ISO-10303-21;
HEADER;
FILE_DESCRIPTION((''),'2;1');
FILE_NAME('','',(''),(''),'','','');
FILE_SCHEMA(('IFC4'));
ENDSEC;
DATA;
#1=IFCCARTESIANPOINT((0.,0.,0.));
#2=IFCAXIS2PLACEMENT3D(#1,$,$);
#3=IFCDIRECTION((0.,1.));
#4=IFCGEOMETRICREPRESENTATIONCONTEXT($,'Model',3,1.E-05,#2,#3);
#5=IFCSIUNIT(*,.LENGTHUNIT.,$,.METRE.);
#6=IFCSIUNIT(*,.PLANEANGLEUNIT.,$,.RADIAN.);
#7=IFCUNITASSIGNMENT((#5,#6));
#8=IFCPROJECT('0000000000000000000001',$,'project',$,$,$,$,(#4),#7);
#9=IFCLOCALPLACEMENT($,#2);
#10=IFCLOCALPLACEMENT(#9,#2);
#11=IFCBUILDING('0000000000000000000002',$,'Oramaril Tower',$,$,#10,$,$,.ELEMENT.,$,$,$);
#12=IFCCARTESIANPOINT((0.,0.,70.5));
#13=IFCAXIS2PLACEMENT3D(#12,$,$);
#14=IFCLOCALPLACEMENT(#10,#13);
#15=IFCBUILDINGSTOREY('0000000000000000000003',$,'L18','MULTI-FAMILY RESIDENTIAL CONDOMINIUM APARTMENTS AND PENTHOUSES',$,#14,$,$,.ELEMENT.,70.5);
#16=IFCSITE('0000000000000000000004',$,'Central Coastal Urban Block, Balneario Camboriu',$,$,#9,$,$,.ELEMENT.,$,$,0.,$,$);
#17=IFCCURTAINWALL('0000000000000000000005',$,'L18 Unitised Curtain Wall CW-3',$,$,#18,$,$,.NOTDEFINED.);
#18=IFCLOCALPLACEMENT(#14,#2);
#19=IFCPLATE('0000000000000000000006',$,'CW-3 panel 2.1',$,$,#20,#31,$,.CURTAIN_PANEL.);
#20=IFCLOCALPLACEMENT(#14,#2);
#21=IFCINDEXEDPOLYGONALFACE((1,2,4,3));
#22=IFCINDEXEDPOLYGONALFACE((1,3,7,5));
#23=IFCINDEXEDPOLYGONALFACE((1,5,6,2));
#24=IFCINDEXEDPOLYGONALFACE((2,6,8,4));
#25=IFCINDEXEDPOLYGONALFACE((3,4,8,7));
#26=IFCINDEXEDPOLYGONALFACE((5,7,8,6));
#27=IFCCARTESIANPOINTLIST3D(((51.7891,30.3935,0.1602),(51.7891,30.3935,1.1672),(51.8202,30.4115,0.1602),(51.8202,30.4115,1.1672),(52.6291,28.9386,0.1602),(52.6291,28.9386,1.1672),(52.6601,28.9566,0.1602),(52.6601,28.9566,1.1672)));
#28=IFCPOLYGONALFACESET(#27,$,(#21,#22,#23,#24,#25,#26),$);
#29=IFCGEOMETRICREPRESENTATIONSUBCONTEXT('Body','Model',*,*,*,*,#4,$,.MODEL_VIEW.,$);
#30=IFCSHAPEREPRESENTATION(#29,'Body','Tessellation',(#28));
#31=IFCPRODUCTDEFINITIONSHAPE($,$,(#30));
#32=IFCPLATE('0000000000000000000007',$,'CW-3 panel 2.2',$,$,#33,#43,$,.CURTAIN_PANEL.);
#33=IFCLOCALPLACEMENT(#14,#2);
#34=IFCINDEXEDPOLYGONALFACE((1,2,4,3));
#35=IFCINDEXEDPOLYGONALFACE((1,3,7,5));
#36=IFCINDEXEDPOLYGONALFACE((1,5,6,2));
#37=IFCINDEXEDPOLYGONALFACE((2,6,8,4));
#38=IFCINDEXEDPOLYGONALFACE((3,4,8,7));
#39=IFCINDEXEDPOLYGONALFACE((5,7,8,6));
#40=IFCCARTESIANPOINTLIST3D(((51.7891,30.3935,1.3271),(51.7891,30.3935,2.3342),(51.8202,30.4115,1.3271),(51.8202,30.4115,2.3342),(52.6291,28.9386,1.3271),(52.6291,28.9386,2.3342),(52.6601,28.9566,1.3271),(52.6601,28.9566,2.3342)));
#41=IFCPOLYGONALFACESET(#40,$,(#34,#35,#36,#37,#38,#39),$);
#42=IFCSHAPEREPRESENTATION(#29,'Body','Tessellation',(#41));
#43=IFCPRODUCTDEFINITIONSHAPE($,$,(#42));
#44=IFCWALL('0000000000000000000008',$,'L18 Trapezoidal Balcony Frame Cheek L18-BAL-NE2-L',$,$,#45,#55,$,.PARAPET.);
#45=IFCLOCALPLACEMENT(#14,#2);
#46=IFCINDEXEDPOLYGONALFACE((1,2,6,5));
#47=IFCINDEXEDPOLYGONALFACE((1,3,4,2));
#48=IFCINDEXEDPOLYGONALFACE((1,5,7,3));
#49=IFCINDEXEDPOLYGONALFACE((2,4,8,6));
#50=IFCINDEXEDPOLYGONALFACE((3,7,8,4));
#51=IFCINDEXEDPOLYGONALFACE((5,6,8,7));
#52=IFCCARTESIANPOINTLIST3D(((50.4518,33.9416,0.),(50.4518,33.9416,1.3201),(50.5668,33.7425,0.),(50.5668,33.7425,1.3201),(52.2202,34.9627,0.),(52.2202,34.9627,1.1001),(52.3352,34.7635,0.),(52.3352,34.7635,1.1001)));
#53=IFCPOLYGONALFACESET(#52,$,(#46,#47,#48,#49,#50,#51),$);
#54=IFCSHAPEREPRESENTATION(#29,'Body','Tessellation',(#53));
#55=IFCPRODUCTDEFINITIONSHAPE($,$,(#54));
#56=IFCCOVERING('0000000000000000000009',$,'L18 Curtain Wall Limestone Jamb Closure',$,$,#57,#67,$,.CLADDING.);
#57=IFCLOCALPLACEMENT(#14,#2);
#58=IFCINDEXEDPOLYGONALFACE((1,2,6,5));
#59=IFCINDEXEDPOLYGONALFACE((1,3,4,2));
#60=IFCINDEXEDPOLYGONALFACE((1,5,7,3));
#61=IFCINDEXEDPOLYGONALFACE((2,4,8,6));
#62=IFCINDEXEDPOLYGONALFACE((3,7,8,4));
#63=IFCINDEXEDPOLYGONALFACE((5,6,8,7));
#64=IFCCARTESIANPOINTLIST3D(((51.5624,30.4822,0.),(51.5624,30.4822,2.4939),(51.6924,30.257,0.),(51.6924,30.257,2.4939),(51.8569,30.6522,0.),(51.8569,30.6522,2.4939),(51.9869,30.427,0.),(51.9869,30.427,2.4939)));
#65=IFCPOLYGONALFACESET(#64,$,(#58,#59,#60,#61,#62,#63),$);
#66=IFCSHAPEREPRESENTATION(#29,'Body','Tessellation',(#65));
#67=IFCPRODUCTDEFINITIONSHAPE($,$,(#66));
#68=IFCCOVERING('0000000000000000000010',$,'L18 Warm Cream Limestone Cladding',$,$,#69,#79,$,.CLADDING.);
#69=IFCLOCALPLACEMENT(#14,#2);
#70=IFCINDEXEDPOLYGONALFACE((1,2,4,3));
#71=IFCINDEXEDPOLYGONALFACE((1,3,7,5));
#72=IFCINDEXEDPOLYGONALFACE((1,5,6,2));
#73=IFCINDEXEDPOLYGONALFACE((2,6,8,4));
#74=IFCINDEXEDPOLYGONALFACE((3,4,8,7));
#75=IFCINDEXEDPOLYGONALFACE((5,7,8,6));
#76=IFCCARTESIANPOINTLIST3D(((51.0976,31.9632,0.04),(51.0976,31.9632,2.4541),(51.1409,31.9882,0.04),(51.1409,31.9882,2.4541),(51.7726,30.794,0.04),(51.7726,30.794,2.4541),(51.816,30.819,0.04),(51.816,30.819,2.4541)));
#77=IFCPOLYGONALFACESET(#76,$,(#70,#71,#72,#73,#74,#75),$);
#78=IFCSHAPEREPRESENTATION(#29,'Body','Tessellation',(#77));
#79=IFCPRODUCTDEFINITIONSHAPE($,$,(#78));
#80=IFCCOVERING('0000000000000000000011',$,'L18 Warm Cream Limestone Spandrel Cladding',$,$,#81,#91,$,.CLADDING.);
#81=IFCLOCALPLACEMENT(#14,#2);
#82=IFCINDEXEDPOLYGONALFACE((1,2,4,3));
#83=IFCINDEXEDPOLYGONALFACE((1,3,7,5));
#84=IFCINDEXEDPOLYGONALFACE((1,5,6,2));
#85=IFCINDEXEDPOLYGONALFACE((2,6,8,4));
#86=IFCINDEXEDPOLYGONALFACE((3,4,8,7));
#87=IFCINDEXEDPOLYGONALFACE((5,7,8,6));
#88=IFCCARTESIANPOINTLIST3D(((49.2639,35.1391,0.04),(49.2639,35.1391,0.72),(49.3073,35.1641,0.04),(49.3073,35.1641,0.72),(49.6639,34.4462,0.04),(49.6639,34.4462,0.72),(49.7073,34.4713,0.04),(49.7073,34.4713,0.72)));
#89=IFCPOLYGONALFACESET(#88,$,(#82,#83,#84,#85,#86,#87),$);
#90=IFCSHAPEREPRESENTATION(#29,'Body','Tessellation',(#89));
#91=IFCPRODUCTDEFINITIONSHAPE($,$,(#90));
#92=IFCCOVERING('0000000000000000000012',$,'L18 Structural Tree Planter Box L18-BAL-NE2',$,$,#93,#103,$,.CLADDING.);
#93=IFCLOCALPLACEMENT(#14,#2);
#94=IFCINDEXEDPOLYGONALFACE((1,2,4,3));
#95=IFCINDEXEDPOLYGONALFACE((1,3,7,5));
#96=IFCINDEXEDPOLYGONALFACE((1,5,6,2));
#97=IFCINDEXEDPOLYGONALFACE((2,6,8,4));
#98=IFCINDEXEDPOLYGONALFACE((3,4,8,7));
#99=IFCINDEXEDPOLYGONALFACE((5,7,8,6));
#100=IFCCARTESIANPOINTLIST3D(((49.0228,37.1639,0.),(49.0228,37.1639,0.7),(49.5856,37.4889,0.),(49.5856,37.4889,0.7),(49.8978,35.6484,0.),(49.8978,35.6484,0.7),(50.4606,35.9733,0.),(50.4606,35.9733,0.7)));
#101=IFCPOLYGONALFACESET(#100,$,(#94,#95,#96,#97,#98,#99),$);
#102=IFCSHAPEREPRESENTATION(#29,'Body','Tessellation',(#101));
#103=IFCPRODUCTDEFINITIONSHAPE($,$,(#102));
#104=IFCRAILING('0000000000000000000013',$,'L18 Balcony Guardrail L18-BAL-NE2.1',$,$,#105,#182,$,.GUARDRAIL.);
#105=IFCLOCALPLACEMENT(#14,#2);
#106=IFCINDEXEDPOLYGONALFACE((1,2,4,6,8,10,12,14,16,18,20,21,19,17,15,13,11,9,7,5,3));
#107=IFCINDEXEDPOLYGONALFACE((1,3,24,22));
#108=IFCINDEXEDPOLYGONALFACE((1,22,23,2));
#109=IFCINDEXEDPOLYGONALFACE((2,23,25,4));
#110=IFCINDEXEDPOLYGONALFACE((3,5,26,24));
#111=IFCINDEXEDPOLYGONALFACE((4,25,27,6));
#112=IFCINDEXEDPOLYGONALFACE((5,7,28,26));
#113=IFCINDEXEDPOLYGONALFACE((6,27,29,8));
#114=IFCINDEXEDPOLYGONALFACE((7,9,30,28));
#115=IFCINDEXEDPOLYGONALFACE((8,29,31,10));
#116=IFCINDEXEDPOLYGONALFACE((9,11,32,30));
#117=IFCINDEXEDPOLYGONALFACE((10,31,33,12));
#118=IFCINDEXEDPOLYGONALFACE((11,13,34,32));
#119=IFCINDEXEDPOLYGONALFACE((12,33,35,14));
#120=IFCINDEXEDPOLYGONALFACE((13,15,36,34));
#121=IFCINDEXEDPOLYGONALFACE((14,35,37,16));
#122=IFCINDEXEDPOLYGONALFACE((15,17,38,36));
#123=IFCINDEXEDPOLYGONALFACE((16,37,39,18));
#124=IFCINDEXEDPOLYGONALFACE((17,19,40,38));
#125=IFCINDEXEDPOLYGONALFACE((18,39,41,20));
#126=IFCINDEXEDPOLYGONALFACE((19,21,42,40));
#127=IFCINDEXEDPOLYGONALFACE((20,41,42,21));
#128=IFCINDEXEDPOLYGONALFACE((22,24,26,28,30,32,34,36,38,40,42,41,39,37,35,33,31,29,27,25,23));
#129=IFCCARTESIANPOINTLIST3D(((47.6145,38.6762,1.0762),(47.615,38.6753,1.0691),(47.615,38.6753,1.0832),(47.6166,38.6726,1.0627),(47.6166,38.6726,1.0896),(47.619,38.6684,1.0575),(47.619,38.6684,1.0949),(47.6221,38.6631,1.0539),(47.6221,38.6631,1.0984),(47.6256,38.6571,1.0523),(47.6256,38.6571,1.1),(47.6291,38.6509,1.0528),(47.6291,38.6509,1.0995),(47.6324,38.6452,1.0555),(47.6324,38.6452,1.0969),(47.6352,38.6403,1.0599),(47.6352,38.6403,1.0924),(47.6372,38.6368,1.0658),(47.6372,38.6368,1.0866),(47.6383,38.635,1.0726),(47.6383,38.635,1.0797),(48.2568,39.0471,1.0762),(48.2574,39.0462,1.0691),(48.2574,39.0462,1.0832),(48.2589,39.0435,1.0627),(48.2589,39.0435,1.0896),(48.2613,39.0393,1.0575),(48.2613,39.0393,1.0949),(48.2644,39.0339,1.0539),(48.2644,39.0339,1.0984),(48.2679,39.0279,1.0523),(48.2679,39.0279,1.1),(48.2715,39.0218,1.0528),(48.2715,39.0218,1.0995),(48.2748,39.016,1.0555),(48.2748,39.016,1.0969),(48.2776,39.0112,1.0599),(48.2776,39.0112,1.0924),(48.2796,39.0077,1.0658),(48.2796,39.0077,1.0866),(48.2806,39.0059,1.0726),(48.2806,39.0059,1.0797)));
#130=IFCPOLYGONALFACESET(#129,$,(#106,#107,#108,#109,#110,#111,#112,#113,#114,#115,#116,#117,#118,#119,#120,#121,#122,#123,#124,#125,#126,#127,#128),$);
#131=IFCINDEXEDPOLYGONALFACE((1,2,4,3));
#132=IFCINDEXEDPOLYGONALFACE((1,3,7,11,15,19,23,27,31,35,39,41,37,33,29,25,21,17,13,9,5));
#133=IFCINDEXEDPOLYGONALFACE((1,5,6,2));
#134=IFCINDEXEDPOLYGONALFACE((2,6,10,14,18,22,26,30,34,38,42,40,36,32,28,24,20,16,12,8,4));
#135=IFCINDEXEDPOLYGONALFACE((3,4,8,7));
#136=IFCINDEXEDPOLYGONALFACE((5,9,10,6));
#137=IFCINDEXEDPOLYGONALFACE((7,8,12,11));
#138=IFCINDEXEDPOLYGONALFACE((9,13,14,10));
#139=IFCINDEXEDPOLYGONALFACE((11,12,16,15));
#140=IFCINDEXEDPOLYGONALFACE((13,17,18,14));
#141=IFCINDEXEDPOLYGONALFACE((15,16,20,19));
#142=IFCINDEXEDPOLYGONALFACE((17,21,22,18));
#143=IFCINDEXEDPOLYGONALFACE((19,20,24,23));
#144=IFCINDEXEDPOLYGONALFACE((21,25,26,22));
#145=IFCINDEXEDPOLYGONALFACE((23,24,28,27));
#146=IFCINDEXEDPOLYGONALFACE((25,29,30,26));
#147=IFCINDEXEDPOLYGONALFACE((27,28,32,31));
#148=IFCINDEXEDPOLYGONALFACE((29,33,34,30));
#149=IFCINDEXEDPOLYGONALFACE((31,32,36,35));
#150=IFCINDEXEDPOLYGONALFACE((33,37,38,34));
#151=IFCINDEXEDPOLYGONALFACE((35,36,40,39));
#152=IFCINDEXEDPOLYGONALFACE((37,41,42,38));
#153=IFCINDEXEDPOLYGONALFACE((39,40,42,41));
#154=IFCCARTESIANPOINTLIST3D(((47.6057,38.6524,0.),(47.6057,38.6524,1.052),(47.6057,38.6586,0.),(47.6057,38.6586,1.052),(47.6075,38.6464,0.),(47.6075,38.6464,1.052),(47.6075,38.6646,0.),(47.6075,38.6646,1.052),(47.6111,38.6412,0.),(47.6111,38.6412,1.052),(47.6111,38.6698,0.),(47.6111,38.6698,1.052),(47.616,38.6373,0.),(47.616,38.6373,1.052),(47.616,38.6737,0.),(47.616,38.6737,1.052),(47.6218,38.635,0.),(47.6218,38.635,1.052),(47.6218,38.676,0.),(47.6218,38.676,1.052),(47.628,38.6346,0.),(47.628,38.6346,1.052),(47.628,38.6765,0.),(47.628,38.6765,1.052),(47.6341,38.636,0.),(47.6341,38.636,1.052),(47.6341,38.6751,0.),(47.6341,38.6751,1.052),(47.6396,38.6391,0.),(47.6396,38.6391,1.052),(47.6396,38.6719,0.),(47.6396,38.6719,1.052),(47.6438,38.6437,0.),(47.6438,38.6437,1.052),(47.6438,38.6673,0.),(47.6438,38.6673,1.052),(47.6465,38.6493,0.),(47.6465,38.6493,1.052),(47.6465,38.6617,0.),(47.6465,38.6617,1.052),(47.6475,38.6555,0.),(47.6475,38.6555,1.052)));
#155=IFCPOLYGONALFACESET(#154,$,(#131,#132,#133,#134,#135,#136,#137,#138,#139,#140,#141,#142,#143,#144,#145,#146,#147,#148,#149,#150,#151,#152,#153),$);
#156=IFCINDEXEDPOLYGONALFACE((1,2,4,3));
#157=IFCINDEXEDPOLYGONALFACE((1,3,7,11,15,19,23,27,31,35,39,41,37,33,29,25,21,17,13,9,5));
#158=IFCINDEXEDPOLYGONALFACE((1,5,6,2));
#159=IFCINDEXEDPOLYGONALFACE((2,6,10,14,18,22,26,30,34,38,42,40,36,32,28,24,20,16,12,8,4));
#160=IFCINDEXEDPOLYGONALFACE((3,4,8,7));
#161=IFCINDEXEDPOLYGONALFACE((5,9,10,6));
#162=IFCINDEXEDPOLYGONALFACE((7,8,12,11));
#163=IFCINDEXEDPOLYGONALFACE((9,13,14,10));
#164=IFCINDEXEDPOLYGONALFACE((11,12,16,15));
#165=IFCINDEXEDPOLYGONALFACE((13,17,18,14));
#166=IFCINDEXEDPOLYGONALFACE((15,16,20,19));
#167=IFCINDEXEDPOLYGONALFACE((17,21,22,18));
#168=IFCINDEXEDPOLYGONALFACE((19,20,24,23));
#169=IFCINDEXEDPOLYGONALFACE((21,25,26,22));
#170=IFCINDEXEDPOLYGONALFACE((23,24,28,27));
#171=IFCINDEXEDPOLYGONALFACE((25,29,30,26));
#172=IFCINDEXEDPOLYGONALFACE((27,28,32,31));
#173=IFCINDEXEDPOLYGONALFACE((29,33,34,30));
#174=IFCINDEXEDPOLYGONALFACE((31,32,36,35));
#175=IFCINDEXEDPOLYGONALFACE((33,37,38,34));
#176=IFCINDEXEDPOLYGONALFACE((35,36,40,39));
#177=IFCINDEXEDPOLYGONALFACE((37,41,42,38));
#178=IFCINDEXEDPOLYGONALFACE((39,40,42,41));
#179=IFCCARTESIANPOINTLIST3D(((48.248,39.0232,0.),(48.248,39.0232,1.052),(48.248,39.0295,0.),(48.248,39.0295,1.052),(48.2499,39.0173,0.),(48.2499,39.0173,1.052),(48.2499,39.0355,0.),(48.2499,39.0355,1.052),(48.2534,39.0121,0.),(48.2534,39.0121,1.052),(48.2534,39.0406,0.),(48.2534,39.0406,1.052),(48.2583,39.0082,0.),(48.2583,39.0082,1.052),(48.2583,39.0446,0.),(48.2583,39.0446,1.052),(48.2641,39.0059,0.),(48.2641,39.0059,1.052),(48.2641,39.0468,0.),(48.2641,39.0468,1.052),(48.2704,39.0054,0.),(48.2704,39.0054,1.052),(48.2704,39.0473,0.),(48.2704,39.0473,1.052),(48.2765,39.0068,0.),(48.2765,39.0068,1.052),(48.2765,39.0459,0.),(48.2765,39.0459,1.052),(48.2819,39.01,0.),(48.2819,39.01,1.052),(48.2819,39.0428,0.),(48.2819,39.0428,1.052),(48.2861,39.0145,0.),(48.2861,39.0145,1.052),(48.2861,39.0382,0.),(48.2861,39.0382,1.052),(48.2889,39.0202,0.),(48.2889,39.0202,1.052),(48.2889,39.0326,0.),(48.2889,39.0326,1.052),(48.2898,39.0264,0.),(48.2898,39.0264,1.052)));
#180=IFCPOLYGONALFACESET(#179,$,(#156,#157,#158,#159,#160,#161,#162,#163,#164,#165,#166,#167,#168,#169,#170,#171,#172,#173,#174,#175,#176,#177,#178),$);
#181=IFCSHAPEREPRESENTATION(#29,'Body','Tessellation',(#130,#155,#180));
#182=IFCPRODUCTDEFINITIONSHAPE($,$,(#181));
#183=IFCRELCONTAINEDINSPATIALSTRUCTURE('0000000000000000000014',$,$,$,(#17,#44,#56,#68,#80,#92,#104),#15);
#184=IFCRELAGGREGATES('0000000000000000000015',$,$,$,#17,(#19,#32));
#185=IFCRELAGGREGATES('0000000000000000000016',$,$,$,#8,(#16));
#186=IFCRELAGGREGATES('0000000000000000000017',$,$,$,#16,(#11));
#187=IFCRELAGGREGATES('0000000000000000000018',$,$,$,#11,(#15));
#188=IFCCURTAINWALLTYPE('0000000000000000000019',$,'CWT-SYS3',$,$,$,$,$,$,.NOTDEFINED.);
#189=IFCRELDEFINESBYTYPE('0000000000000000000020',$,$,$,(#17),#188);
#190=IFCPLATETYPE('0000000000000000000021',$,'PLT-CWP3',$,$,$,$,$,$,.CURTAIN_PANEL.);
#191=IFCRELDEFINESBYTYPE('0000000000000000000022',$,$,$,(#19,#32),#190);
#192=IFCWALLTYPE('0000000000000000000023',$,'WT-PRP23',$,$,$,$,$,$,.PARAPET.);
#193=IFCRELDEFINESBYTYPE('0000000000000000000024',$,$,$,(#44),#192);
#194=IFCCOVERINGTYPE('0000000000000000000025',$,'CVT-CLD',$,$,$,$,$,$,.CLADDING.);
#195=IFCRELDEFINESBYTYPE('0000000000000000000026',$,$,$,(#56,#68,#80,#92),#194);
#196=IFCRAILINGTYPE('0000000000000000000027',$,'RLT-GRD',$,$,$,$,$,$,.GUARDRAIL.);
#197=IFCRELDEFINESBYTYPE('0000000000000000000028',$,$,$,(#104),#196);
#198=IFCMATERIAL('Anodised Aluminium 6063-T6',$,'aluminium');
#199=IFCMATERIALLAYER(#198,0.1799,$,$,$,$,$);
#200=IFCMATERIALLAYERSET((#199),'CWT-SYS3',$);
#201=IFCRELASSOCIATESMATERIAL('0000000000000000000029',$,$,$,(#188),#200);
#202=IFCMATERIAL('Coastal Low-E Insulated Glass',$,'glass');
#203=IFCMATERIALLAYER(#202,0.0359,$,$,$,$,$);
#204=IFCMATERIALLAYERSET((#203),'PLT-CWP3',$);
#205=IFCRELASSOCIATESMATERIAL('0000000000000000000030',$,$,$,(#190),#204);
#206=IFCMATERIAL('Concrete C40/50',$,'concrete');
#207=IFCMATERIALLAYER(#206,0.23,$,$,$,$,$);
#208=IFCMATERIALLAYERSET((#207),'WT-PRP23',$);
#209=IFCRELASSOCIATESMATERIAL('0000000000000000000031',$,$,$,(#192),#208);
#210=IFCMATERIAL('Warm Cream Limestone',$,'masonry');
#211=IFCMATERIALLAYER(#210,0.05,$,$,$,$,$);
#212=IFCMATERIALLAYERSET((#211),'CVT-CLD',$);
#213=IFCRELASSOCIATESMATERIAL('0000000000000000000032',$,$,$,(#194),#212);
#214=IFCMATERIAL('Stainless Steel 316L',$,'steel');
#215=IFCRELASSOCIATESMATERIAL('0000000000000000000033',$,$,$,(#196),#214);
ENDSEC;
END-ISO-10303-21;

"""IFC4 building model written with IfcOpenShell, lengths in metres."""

from ifc_helpers import new_model, si_unit, direction, frame, origin, origin_2d, place, context, subcontext, project, spatial, polyline, rectangle, circle, outline, extrude, material, layer, layer_set, type_object, element, aggregate, save


model = new_model("IFC4")

# Units and contexts
model_context = context("Model", 3, precision=1e-05, world=origin(), true_north=direction((0.0, 1.0)))
body_context = subcontext(model_context, "Body", "Model", "MODEL_VIEW")
ifc_project = project(units=[si_unit("LENGTHUNIT", "METRE"), si_unit("PLANEANGLEUNIT", "RADIAN")], contexts=[model_context])

# Site, building, storey
site_placement = place(None, origin())
site = spatial("IfcSite", under=ifc_project, at=site_placement, Name="Central Coastal Urban Block, Balneario Camboriu", CompositionType="ELEMENT", RefElevation=0.0)
building_placement = place(site_placement, origin())
building = spatial("IfcBuilding", under=site, at=building_placement, Name="Oramaril Tower", CompositionType="ELEMENT")
storey_placement = place(building_placement, frame((0.0, 0.0, 70.5)))
storey = spatial("IfcBuildingStorey", under=building, at=storey_placement, Name="L18", Description="MULTI-FAMILY RESIDENTIAL CONDOMINIUM APARTMENTS AND PENTHOUSES", CompositionType="ELEMENT", Elevation=70.5)

# Curtain wall, plates
ifc_material_1 = material(Name="Anodised Aluminium 6063-T6", Category="aluminium")
ifc_layer_1 = layer(ifc_material_1, 0.1799)
ifc_layer_set_1 = layer_set([ifc_layer_1], Name="CWT-SYS3")
curtain_wall_type = type_object("IfcCurtainWallType", Name="CWT-SYS3", PredefinedType="NOTDEFINED", material=ifc_layer_set_1)
curtain_wall_placement = place(storey_placement, origin())
curtain_wall = element("IfcCurtainWall", 1, at=curtain_wall_placement, inside=storey, type_object=curtain_wall_type, Name="L18 Unitised Curtain Wall CW-3", PredefinedType="NOTDEFINED")
ifc_material_2 = material(Name="Coastal Low-E Insulated Glass", Category="glass")
ifc_layer_2 = layer(ifc_material_2, 0.0359)
ifc_layer_set_2 = layer_set([ifc_layer_2], Name="PLT-CWP3")
plate_type = type_object("IfcPlateType", Name="PLT-CWP3", PredefinedType="CURTAIN_PANEL", material=ifc_layer_set_2)
plate_1_placement = place(storey_placement, frame((52.2246, 29.675, 0.1602), z_axis=(0.0, 0.0, 1.0), x_axis=(-0.5, 0.866025, 0.0)))
plate_1 = element("IfcPlate", 2, at=plate_1_placement, type_object=plate_type, Name="CW-3 panel 2.1", PredefinedType="CURTAIN_PANEL", context=body_context, shape_type="SweptSolid", body=[
    extrude(rectangle(XDim=1.6799, YDim=0.0359, at=origin_2d()), origin(), (0.0, 0.0, 1.0), 1.0071),
])
plate_2_placement = place(storey_placement, frame((52.2246, 29.675, 1.3271), z_axis=(0.0, 0.0, 1.0), x_axis=(-0.5, 0.866025, 0.0)))
plate_2 = element("IfcPlate", 3, at=plate_2_placement, type_object=plate_type, Name="CW-3 panel 2.2", PredefinedType="CURTAIN_PANEL", context=body_context, shape_type="SweptSolid", body=[
    extrude(rectangle(XDim=1.6799, YDim=0.0359, at=origin_2d()), origin(), (0.0, 0.0, 1.0), 1.0071),
])
aggregate(curtain_wall, [plate_1, plate_2])

# Wall
ifc_material_3 = material(Name="Concrete C40/50", Category="concrete")
ifc_layer_3 = layer(ifc_material_3, 0.23)
ifc_layer_set_3 = layer_set([ifc_layer_3], Name="WT-PRP23")
wall_type_1 = type_object("IfcWallType", Name="WT-PRP23", PredefinedType="PARAPET", material=ifc_layer_set_3)
wall_1_placement = place(storey_placement, frame((50.5093, 33.842, 0.0), z_axis=(0.0, 0.0, 1.0), x_axis=(0.866012, 0.500023, 0.0)))
element("IfcWall", 4, at=wall_1_placement, inside=storey, type_object=wall_type_1, Name="L18 Trapezoidal Balcony Frame Cheek L18-BAL-NE2-L", PredefinedType="PARAPET", context=body_context, shape_type="SweptSolid", body=[
    extrude(outline(polyline([(0.0, 0.0), (2.042, 0.0), (2.042, 1.1001), (0.0, 1.3201), (0.0, 0.0)])), frame((0.0, 0.115, 0.0), z_axis=(0.0, -1.0, 0.0), x_axis=(1.0, 0.0, 0.0)), (0.0, 0.0, 1.0), 0.23),
])

# Coverings
ifc_material_4 = material(Name="Warm Cream Limestone", Category="masonry")
ifc_layer_4 = layer(ifc_material_4, 0.05)
ifc_layer_set_4 = layer_set([ifc_layer_4], Name="CVT-CLD")
covering_type = type_object("IfcCoveringType", Name="CVT-CLD", PredefinedType="CLADDING", material=ifc_layer_set_4)
covering_1_placement = place(storey_placement, frame((51.7747, 30.4546, 0.0), z_axis=(0.0, 0.0, 1.0), x_axis=(-0.5, 0.866025, 0.0)))
element("IfcCovering", 5, at=covering_1_placement, inside=storey, type_object=covering_type, Name="L18 Curtain Wall Limestone Jamb Closure", PredefinedType="CLADDING", context=body_context, shape_type="SweptSolid", body=[
    extrude(rectangle(XDim=0.26, YDim=0.3401, at=origin_2d()), origin(), (0.0, 0.0, 1.0), 2.4939),
])
covering_2_placement = place(storey_placement, frame((51.4568, 31.3911, 0.04), z_axis=(0.0, 0.0, 1.0), x_axis=(-0.5, 0.866025, 0.0)))
element("IfcCovering", 6, at=covering_2_placement, inside=storey, type_object=covering_type, Name="L18 Warm Cream Limestone Cladding", PredefinedType="CLADDING", context=body_context, shape_type="SweptSolid", body=[
    extrude(rectangle(XDim=1.3501, YDim=0.05, at=origin_2d()), origin(), (0.0, 0.0, 1.0), 2.4141),
])
covering_3_placement = place(storey_placement, frame((49.4856, 34.8052, 0.04), z_axis=(0.0, 0.0, 1.0), x_axis=(-0.5, 0.866025, 0.0)))
element("IfcCovering", 7, at=covering_3_placement, inside=storey, type_object=covering_type, Name="L18 Warm Cream Limestone Spandrel Cladding", PredefinedType="CLADDING", context=body_context, shape_type="SweptSolid", body=[
    extrude(rectangle(XDim=0.8, YDim=0.05, at=origin_2d()), origin(), (0.0, 0.0, 1.0), 0.6799),
])
covering_4_placement = place(storey_placement, frame((49.7417, 36.5686, 0.0), z_axis=(0.0, 0.0, 1.0), x_axis=(-0.5, 0.866025, 0.0)))
element("IfcCovering", 8, at=covering_4_placement, inside=storey, type_object=covering_type, Name="L18 Structural Tree Planter Box L18-BAL-NE2", PredefinedType="CLADDING", context=body_context, shape_type="SweptSolid", body=[
    extrude(rectangle(XDim=1.75, YDim=0.6499, at=origin_2d()), origin(), (0.0, 0.0, 1.0), 0.7),
])

# Railing
ifc_material_5 = material(Name="Stainless Steel 316L", Category="steel")
railing_type = type_object("IfcRailingType", Name="RLT-GRD", PredefinedType="GUARDRAIL", material=ifc_material_5)
railing_1_placement = place(storey_placement, frame((47.6265, 38.6555, 0.0)))
element("IfcRailing", 9, at=railing_1_placement, inside=storey, type_object=railing_type, Name="L18 Balcony Guardrail L18-BAL-NE2.1", PredefinedType="GUARDRAIL", context=body_context, shape_type="SweptSolid", body=[
    extrude(circle(Radius=0.0239, at=origin_2d()), frame((0.0, 0.0, 1.0762), z_axis=(0.866027, 0.499998, 0.0), x_axis=(-0.499998, 0.866027, 0.0)), (0.0, 0.0, 1.0), 0.7417),
    extrude(circle(Radius=0.021, at=origin_2d()), origin(), (0.0, 0.0, 1.0), 1.052),
    extrude(circle(Radius=0.021, at=origin_2d()), frame((0.6423, 0.3708, 0.0)), (0.0, 0.0, 1.0), 1.052),
])

save(model, "model.ifc")
